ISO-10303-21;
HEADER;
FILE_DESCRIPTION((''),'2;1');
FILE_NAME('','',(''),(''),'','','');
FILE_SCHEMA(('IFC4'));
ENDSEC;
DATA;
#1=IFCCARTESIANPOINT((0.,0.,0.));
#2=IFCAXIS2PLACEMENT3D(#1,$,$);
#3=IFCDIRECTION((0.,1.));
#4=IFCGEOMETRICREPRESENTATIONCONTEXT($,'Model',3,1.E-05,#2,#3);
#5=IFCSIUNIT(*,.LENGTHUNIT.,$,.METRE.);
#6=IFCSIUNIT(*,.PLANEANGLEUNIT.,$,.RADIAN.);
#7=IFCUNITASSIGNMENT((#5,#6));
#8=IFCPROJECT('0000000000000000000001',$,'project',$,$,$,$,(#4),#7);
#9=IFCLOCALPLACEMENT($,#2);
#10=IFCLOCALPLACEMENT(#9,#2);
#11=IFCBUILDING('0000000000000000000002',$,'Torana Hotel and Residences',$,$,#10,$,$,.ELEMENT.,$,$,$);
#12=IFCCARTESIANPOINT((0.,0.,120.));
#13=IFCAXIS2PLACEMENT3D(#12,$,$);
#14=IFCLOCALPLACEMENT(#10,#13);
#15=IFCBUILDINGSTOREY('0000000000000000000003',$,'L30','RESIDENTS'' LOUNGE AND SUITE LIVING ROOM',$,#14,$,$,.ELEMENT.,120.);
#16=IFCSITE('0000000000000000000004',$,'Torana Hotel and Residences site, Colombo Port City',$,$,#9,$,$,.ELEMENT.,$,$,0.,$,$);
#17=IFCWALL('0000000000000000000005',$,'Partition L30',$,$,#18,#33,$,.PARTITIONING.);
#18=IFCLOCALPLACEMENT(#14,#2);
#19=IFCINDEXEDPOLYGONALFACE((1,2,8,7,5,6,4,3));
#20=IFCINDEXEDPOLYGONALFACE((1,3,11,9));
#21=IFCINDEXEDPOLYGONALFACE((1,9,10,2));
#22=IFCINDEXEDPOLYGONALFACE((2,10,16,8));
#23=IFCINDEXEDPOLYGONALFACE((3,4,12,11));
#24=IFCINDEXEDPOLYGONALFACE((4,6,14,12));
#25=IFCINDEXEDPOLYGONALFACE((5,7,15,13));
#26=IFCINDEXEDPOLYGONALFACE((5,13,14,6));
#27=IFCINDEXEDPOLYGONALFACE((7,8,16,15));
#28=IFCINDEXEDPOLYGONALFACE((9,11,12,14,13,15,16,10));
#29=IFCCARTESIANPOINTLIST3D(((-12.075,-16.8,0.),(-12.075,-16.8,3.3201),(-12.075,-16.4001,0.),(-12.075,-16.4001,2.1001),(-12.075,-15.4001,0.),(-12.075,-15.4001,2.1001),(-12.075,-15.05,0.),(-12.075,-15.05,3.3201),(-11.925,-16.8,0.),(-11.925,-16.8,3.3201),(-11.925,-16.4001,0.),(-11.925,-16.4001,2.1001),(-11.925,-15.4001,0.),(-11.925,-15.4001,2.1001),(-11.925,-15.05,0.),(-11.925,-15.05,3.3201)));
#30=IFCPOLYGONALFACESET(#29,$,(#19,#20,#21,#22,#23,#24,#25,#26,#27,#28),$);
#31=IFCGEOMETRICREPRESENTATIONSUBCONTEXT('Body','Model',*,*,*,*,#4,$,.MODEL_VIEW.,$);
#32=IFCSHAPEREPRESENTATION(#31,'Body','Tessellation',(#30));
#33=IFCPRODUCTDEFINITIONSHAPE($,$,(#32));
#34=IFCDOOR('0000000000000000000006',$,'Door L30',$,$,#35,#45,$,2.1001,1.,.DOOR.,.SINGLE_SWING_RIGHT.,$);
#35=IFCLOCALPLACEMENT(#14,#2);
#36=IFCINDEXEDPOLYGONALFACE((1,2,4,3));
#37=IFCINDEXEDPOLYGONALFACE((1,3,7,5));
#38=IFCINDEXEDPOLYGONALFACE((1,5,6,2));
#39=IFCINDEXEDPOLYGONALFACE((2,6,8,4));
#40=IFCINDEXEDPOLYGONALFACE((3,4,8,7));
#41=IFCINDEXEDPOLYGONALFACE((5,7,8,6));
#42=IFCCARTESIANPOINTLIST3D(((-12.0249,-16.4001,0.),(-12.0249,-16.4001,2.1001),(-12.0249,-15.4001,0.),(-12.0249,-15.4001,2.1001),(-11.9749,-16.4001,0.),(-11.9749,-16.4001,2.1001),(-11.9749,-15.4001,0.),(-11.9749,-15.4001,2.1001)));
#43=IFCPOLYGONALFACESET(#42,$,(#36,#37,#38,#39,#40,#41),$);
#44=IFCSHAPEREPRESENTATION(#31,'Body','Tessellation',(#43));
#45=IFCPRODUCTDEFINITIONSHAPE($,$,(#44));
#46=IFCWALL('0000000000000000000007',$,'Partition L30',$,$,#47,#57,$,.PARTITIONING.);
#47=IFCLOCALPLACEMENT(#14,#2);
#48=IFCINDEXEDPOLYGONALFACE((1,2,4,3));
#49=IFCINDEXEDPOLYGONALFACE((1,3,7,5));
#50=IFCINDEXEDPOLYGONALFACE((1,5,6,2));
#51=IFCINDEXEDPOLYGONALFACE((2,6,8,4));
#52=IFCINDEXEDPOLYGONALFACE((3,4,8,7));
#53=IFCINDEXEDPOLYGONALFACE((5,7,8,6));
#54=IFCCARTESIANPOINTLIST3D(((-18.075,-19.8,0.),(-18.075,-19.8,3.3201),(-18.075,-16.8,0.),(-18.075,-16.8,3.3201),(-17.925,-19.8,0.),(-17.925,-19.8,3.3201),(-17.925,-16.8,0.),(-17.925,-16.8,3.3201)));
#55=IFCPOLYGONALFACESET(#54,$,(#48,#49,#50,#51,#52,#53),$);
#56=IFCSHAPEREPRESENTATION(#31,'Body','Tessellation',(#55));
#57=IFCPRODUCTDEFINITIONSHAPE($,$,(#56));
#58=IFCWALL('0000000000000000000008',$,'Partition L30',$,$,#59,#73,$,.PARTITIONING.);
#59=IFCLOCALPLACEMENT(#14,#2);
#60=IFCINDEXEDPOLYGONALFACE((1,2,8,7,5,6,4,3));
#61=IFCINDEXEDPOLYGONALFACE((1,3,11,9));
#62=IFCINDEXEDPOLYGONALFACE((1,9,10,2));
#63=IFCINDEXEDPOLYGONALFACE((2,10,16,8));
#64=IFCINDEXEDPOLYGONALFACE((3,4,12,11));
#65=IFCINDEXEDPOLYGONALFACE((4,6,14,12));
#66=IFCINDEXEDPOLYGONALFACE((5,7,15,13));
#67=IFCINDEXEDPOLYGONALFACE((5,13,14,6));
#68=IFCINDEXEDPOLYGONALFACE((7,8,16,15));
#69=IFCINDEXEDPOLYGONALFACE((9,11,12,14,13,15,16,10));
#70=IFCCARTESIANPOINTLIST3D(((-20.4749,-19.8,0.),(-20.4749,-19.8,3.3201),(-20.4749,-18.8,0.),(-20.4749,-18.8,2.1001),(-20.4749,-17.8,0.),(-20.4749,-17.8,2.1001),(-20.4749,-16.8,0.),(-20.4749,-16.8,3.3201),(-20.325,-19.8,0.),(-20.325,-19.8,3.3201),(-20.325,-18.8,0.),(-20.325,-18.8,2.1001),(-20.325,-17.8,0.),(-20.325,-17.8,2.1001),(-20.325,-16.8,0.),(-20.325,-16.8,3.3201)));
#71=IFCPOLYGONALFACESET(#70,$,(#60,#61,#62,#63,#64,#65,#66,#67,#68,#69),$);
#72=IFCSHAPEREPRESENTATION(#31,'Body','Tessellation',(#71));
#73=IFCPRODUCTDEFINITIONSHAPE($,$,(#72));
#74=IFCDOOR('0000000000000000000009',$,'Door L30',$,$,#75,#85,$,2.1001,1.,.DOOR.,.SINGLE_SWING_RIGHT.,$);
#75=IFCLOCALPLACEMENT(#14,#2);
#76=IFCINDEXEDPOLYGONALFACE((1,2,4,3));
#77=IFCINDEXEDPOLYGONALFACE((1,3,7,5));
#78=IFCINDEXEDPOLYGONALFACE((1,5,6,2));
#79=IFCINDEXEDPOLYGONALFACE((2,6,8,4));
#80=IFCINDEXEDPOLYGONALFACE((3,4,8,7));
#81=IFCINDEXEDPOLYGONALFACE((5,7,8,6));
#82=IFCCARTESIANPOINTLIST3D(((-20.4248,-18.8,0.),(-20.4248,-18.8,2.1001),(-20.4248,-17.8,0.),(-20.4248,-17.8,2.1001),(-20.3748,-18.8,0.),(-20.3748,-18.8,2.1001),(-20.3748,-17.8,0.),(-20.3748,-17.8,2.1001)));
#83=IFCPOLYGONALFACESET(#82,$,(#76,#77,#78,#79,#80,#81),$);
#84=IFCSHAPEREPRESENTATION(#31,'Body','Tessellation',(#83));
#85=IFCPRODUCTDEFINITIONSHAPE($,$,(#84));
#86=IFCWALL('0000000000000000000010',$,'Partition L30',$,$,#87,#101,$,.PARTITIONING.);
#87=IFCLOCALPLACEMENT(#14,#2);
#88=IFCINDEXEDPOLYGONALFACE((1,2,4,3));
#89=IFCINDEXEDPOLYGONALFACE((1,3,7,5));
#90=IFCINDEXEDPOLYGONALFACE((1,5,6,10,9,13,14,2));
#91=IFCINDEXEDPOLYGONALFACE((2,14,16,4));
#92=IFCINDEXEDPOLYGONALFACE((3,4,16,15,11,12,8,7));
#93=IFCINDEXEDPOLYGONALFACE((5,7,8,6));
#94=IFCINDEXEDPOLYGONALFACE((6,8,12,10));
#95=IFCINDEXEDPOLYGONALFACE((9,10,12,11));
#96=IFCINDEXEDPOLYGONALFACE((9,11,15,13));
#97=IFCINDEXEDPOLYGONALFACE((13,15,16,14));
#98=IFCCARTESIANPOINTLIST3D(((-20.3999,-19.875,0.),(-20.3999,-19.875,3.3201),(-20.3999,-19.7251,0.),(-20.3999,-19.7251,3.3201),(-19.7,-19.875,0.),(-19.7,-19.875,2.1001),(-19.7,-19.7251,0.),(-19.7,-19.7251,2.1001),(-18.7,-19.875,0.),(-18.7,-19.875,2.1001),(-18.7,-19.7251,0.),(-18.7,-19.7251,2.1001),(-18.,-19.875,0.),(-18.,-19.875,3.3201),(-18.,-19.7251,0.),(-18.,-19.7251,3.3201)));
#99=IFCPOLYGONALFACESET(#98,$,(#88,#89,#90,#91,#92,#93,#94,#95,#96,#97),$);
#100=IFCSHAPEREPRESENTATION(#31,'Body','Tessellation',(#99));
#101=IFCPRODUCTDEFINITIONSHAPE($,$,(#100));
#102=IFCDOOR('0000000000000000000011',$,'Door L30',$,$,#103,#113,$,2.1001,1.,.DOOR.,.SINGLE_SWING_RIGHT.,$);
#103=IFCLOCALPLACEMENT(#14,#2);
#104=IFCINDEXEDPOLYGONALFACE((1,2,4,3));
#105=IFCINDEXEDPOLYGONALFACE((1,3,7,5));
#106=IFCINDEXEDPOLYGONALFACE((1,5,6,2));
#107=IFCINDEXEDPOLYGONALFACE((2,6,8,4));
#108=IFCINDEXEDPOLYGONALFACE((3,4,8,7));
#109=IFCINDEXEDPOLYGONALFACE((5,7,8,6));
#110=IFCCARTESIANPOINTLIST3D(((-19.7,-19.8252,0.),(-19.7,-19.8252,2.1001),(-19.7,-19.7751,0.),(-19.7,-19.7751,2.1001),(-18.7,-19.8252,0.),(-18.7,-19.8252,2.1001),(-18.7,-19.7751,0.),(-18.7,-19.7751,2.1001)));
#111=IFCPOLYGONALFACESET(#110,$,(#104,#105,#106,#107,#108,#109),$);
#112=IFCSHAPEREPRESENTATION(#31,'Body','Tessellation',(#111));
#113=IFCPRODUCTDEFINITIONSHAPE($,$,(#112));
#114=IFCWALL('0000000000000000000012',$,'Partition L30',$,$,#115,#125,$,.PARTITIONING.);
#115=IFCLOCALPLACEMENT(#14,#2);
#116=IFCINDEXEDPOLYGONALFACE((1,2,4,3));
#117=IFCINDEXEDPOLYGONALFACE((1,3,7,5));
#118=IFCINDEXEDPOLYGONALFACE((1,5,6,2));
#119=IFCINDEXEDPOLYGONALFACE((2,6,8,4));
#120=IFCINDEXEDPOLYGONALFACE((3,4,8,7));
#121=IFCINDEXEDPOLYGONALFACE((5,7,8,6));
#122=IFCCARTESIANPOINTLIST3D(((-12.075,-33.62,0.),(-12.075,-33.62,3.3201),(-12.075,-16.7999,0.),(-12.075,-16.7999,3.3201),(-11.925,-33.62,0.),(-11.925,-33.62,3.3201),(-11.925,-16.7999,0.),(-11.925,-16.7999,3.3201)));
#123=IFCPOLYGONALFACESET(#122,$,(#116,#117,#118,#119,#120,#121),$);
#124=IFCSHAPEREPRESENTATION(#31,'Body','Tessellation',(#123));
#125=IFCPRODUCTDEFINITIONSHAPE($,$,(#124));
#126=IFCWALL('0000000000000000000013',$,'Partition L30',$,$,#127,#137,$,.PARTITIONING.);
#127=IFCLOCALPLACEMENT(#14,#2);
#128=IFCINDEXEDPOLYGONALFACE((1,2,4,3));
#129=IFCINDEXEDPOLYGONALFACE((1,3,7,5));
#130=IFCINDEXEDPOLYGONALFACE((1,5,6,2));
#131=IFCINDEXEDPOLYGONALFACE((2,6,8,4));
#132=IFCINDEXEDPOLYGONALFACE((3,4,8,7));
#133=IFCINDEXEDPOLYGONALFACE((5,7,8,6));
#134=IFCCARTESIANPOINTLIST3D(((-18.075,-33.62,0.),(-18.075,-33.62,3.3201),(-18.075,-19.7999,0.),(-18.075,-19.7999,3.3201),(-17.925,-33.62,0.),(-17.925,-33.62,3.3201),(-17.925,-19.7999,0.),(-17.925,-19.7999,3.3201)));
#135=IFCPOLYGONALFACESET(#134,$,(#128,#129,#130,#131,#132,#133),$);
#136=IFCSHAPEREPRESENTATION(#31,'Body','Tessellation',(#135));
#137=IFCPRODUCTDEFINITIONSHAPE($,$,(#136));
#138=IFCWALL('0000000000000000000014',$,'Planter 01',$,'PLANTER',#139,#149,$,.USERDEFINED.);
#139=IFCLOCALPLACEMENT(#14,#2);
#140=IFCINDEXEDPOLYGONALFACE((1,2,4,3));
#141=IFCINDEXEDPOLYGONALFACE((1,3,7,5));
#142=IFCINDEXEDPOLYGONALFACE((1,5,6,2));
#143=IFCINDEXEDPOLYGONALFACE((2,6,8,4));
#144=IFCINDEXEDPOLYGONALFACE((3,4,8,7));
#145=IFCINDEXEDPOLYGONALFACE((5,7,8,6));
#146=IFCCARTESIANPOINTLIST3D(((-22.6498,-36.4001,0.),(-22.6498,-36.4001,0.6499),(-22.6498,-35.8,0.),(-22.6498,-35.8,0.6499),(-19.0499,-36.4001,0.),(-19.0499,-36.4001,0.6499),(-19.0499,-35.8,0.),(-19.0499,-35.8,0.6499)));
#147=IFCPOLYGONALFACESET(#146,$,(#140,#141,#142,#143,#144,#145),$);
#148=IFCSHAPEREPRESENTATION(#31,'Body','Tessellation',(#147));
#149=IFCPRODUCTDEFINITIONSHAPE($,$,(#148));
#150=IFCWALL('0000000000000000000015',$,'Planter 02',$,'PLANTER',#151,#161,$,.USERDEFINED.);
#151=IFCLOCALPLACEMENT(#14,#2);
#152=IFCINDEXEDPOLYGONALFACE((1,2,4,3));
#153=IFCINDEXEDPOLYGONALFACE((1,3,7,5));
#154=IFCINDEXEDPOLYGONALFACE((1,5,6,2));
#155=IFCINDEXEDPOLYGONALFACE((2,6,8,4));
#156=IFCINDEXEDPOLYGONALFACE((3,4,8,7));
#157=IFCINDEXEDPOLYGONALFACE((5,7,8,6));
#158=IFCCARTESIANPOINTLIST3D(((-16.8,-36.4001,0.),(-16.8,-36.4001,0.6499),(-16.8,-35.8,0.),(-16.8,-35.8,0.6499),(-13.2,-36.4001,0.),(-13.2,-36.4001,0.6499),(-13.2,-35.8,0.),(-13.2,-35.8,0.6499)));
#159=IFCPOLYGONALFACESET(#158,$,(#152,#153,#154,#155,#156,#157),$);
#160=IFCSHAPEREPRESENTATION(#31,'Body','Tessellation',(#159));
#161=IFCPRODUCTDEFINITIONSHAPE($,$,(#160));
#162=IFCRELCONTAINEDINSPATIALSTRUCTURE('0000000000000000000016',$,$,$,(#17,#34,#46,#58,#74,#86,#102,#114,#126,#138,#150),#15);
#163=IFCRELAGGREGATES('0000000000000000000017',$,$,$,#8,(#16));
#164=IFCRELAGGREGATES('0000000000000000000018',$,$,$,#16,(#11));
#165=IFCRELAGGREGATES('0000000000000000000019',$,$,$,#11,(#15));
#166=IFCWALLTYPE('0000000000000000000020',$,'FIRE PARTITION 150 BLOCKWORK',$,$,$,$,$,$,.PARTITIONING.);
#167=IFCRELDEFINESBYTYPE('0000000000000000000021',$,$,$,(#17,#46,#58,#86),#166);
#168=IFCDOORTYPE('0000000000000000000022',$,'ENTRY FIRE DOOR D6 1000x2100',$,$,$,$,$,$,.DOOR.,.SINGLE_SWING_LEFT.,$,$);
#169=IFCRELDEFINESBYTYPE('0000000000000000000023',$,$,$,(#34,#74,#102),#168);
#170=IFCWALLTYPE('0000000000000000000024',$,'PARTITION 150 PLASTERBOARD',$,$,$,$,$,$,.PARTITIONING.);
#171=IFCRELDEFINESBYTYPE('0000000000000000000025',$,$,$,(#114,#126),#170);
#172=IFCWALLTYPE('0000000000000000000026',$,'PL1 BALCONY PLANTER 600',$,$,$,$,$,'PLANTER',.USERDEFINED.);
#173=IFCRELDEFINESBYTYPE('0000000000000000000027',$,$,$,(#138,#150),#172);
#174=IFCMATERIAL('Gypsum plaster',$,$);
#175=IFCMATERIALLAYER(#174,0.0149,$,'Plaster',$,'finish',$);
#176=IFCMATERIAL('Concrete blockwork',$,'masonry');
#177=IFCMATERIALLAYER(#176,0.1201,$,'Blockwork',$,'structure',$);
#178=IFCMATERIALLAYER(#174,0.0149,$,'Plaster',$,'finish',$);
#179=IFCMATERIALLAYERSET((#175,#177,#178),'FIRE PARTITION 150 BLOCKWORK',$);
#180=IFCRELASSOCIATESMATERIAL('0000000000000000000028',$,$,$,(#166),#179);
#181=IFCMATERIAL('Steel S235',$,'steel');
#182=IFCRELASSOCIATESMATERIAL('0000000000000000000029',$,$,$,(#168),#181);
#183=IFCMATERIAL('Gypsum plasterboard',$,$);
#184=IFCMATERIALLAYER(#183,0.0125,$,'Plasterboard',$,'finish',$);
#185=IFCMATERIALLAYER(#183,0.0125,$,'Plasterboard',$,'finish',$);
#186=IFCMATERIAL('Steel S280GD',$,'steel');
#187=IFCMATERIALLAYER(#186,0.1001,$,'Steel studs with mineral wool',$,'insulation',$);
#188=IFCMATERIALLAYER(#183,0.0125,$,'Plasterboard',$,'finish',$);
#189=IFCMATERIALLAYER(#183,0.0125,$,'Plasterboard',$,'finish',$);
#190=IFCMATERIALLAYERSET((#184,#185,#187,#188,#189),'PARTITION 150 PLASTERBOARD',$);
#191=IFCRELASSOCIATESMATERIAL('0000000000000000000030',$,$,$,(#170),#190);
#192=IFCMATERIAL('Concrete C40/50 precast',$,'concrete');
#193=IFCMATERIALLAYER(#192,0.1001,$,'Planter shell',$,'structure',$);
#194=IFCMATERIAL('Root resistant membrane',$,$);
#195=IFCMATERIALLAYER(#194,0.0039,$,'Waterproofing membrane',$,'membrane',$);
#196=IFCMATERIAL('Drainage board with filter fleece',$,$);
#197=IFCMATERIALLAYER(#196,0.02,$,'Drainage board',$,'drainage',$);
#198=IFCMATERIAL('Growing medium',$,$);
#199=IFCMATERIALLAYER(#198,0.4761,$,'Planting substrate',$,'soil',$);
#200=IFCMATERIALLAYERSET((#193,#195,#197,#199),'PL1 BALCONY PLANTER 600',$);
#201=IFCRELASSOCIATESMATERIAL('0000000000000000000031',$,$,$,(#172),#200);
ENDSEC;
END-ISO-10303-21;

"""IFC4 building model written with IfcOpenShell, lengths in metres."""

from ifc_helpers import new_model, si_unit, direction, frame, frame_2d, origin, place, context, subcontext, project, spatial, rectangle, extrude, material, layer, layer_set, type_object, element, fill, save


model = new_model("IFC4")

# Units and contexts
model_context = context("Model", 3, precision=1e-05, world=origin(), true_north=direction((0.0, 1.0)))
body_context = subcontext(model_context, "Body", "Model", "MODEL_VIEW")
ifc_project = project(units=[si_unit("LENGTHUNIT", "METRE"), si_unit("PLANEANGLEUNIT", "RADIAN")], contexts=[model_context])

# Site, building, storey
site_placement = place(None, origin())
site = spatial("IfcSite", under=ifc_project, at=site_placement, Name="Torana Hotel and Residences site, Colombo Port City", CompositionType="ELEMENT", RefElevation=0.0)
building_placement = place(site_placement, origin())
building = spatial("IfcBuilding", under=site, at=building_placement, Name="Torana Hotel and Residences", CompositionType="ELEMENT")
storey_placement = place(building_placement, frame((0.0, 0.0, 120.0)))
storey = spatial("IfcBuildingStorey", under=building, at=storey_placement, Name="L30", Description="RESIDENTS' LOUNGE AND SUITE LIVING ROOM", CompositionType="ELEMENT", Elevation=120.0)

# Wall, opening, door
ifc_material_1 = material(Name="Gypsum plaster")
ifc_layer_1 = layer(ifc_material_1, 0.0149, Name="Plaster", Category="finish")
ifc_material_2 = material(Name="Concrete blockwork", Category="masonry")
ifc_layer_2 = layer(ifc_material_2, 0.1201, Name="Blockwork", Category="structure")
ifc_layer_3 = layer(ifc_material_1, 0.0149, Name="Plaster", Category="finish")
ifc_layer_set_1 = layer_set([ifc_layer_1, ifc_layer_2, ifc_layer_3], Name="FIRE PARTITION 150 BLOCKWORK")
wall_type_1 = type_object("IfcWallType", Name="FIRE PARTITION 150 BLOCKWORK", PredefinedType="PARTITIONING", material=ifc_layer_set_1)
wall_1_placement = place(storey_placement, frame((-12.0, -16.8, 0.0), z_axis=(0.0, 0.0, 1.0), x_axis=(0.0, 1.0, 0.0)))
wall_1 = element("IfcWall", 1, at=wall_1_placement, inside=storey, type_object=wall_type_1, Name="Partition L30", PredefinedType="PARTITIONING", context=body_context, shape_type="SweptSolid", body=[
    extrude(rectangle(XDim=1.75, YDim=0.1499, at=frame_2d((0.875, 0.0))), origin(), (0.0, 0.0, 1.0), 3.3201),
])
opening_1_placement = place(wall_1_placement, frame((0.3999, 0.0, 0.0)))
opening_1 = element("IfcOpeningElement", 2, at=opening_1_placement, cuts=wall_1, PredefinedType="OPENING", context=body_context, shape_type="SweptSolid", body=[
    extrude(rectangle(XDim=1.0, YDim=2.1001, at=frame_2d((0.5, 1.05))), frame((0.0, 0.085, 0.0), z_axis=(0.0, -1.0, 0.0), x_axis=(1.0, 0.0, 0.0)), (0.0, 0.0, 1.0), 0.1699),
])
ifc_material_3 = material(Name="Steel S235", Category="steel")
door_type_1 = type_object("IfcDoorType", Name="ENTRY FIRE DOOR D6 1000x2100", OperationType="SINGLE_SWING_LEFT", PredefinedType="DOOR", material=ifc_material_3)
door_1_placement = place(opening_1_placement, origin())
door_1 = element("IfcDoor", 3, at=door_1_placement, inside=storey, type_object=door_type_1, Name="Door L30", OperationType="SINGLE_SWING_RIGHT", OverallHeight=2.1001, OverallWidth=1.0, PredefinedType="DOOR", context=body_context, shape_type="SweptSolid", body=[
    extrude(rectangle(XDim=1.0, YDim=2.1001, at=frame_2d((0.5, 1.05))), frame((0.0, 0.0249, 0.0), z_axis=(0.0, -1.0, 0.0), x_axis=(1.0, 0.0, 0.0)), (0.0, 0.0, 1.0), 0.05),
])
fill(opening_1, door_1)

# Wall
wall_2_placement = place(storey_placement, frame((-18.0, -19.8, 0.0), z_axis=(0.0, 0.0, 1.0), x_axis=(0.0, 1.0, 0.0)))
element("IfcWall", 4, at=wall_2_placement, inside=storey, type_object=wall_type_1, Name="Partition L30", PredefinedType="PARTITIONING", context=body_context, shape_type="SweptSolid", body=[
    extrude(rectangle(XDim=3.0, YDim=0.1499, at=frame_2d((1.5, 0.0))), origin(), (0.0, 0.0, 1.0), 3.3201),
])

# Walls, openings, doors
wall_3_placement = place(storey_placement, frame((-20.3999, -19.8, 0.0), z_axis=(0.0, 0.0, 1.0), x_axis=(0.0, 1.0, 0.0)))
wall_3 = element("IfcWall", 5, at=wall_3_placement, inside=storey, type_object=wall_type_1, Name="Partition L30", PredefinedType="PARTITIONING", context=body_context, shape_type="SweptSolid", body=[
    extrude(rectangle(XDim=3.0, YDim=0.1499, at=frame_2d((1.5, 0.0))), origin(), (0.0, 0.0, 1.0), 3.3201),
])
opening_2_placement = place(wall_3_placement, frame((1.0, 0.0, 0.0)))
opening_2 = element("IfcOpeningElement", 6, at=opening_2_placement, cuts=wall_3, PredefinedType="OPENING", context=body_context, shape_type="SweptSolid", body=[
    extrude(rectangle(XDim=1.0, YDim=2.1001, at=frame_2d((0.5, 1.05))), frame((0.0, 0.085, 0.0), z_axis=(0.0, -1.0, 0.0), x_axis=(1.0, 0.0, 0.0)), (0.0, 0.0, 1.0), 0.1699),
])
door_2_placement = place(opening_2_placement, origin())
door_2 = element("IfcDoor", 7, at=door_2_placement, inside=storey, type_object=door_type_1, Name="Door L30", OperationType="SINGLE_SWING_RIGHT", OverallHeight=2.1001, OverallWidth=1.0, PredefinedType="DOOR", context=body_context, shape_type="SweptSolid", body=[
    extrude(rectangle(XDim=1.0, YDim=2.1001, at=frame_2d((0.5, 1.05))), frame((0.0, 0.0249, 0.0), z_axis=(0.0, -1.0, 0.0), x_axis=(1.0, 0.0, 0.0)), (0.0, 0.0, 1.0), 0.05),
])
fill(opening_2, door_2)
wall_4_placement = place(storey_placement, frame((-20.3999, -19.8, 0.0), z_axis=(0.0, 0.0, 1.0), x_axis=(1.0, 0.0, 0.0)))
wall_4 = element("IfcWall", 8, at=wall_4_placement, inside=storey, type_object=wall_type_1, Name="Partition L30", PredefinedType="PARTITIONING", context=body_context, shape_type="SweptSolid", body=[
    extrude(rectangle(XDim=2.3999, YDim=0.1499, at=frame_2d((1.2, 0.0))), origin(), (0.0, 0.0, 1.0), 3.3201),
])
opening_3_placement = place(wall_4_placement, frame((0.7, 0.0, 0.0)))
opening_3 = element("IfcOpeningElement", 9, at=opening_3_placement, cuts=wall_4, PredefinedType="OPENING", context=body_context, shape_type="SweptSolid", body=[
    extrude(rectangle(XDim=1.0, YDim=2.1001, at=frame_2d((0.5, 1.05))), frame((0.0, 0.085, 0.0), z_axis=(0.0, -1.0, 0.0), x_axis=(1.0, 0.0, 0.0)), (0.0, 0.0, 1.0), 0.1699),
])
door_3_placement = place(opening_3_placement, frame((0.5, 0.0, 0.0), z_axis=(0.0, 0.0, 1.0), x_axis=(-1.0, 0.0, 0.0)))
door_3 = element("IfcDoor", 10, at=door_3_placement, inside=storey, type_object=door_type_1, Name="Door L30", OperationType="SINGLE_SWING_RIGHT", OverallHeight=2.1001, OverallWidth=1.0, PredefinedType="DOOR", context=body_context, shape_type="SweptSolid", body=[
    extrude(rectangle(XDim=1.0, YDim=2.1001, at=frame_2d((0.0, 1.05))), frame((0.0, -0.0249, 0.0), z_axis=(0.0, 1.0, 0.0), x_axis=(-1.0, 0.0, 0.0)), (0.0, 0.0, 1.0), 0.05),
])
fill(opening_3, door_3)

# Walls
ifc_material_4 = material(Name="Gypsum plasterboard")
ifc_layer_4 = layer(ifc_material_4, 0.0125, Name="Plasterboard", Category="finish")
ifc_layer_5 = layer(ifc_material_4, 0.0125, Name="Plasterboard", Category="finish")
ifc_material_5 = material(Name="Steel S280GD", Category="steel")
ifc_layer_6 = layer(ifc_material_5, 0.1001, Name="Steel studs with mineral wool", Category="insulation")
ifc_layer_7 = layer(ifc_material_4, 0.0125, Name="Plasterboard", Category="finish")
ifc_layer_8 = layer(ifc_material_4, 0.0125, Name="Plasterboard", Category="finish")
ifc_layer_set_2 = layer_set([ifc_layer_4, ifc_layer_5, ifc_layer_6, ifc_layer_7, ifc_layer_8], Name="PARTITION 150 PLASTERBOARD")
wall_type_2 = type_object("IfcWallType", Name="PARTITION 150 PLASTERBOARD", PredefinedType="PARTITIONING", material=ifc_layer_set_2)
wall_5_placement = place(storey_placement, frame((-12.0, -33.6201, 0.0), z_axis=(0.0, 0.0, 1.0), x_axis=(0.0, 1.0, 0.0)))
element("IfcWall", 11, at=wall_5_placement, inside=storey, type_object=wall_type_2, Name="Partition L30", PredefinedType="PARTITIONING", context=body_context, shape_type="SweptSolid", body=[
    extrude(rectangle(XDim=16.8201, YDim=0.1499, at=frame_2d((8.4102, 0.0))), origin(), (0.0, 0.0, 1.0), 3.3201),
])
wall_6_placement = place(storey_placement, frame((-18.0, -33.6201, 0.0), z_axis=(0.0, 0.0, 1.0), x_axis=(0.0, 1.0, 0.0)))
element("IfcWall", 12, at=wall_6_placement, inside=storey, type_object=wall_type_2, Name="Partition L30", PredefinedType="PARTITIONING", context=body_context, shape_type="SweptSolid", body=[
    extrude(rectangle(XDim=13.8201, YDim=0.1499, at=frame_2d((6.9102, 0.0))), origin(), (0.0, 0.0, 1.0), 3.3201),
])
ifc_material_6 = material(Name="Concrete C40/50 precast", Category="concrete")
ifc_layer_9 = layer(ifc_material_6, 0.1001, Name="Planter shell", Category="structure")
ifc_material_7 = material(Name="Root resistant membrane")
ifc_layer_10 = layer(ifc_material_7, 0.0039, Name="Waterproofing membrane", Category="membrane")
ifc_material_8 = material(Name="Drainage board with filter fleece")
ifc_layer_11 = layer(ifc_material_8, 0.02, Name="Drainage board", Category="drainage")
ifc_material_9 = material(Name="Growing medium")
ifc_layer_12 = layer(ifc_material_9, 0.4761, Name="Planting substrate", Category="soil")
ifc_layer_set_3 = layer_set([ifc_layer_9, ifc_layer_10, ifc_layer_11, ifc_layer_12], Name="PL1 BALCONY PLANTER 600")
wall_type_3 = type_object("IfcWallType", Name="PL1 BALCONY PLANTER 600", ElementType="PLANTER", PredefinedType="USERDEFINED", material=ifc_layer_set_3)
wall_7_placement = place(storey_placement, frame((-19.05, -36.1001, 0.0), z_axis=(0.0, 0.0, 1.0), x_axis=(-1.0, 0.0, 0.0)))
element("IfcWall", 13, at=wall_7_placement, inside=storey, type_object=wall_type_3, Name="Planter 01", ObjectType="PLANTER", PredefinedType="USERDEFINED", context=body_context, shape_type="SweptSolid", body=[
    extrude(rectangle(XDim=3.5999, YDim=0.6001, at=frame_2d((1.7998, 0.0))), origin(), (0.0, 0.0, 1.0), 0.6499),
])
for number, where, z_axis, x_axis, name in (
    (14, (-13.2, -36.1001, 0.0), (0.0, 0.0, 1.0), (-1.0, 0.0, 0.0), "Planter 02"),
):
    element("IfcWall", number, at=place(storey_placement, frame(where, z_axis=z_axis, x_axis=x_axis)), inside=storey, type_object=wall_type_3, Name=name, ObjectType="PLANTER", PredefinedType="USERDEFINED", context=body_context, shape_type="SweptSolid", body=[
        extrude(rectangle(XDim=3.6001, YDim=0.6001, at=frame_2d((1.8, 0.0))), origin(), (0.0, 0.0, 1.0), 0.6499),
    ])

save(model, "model.ifc")
